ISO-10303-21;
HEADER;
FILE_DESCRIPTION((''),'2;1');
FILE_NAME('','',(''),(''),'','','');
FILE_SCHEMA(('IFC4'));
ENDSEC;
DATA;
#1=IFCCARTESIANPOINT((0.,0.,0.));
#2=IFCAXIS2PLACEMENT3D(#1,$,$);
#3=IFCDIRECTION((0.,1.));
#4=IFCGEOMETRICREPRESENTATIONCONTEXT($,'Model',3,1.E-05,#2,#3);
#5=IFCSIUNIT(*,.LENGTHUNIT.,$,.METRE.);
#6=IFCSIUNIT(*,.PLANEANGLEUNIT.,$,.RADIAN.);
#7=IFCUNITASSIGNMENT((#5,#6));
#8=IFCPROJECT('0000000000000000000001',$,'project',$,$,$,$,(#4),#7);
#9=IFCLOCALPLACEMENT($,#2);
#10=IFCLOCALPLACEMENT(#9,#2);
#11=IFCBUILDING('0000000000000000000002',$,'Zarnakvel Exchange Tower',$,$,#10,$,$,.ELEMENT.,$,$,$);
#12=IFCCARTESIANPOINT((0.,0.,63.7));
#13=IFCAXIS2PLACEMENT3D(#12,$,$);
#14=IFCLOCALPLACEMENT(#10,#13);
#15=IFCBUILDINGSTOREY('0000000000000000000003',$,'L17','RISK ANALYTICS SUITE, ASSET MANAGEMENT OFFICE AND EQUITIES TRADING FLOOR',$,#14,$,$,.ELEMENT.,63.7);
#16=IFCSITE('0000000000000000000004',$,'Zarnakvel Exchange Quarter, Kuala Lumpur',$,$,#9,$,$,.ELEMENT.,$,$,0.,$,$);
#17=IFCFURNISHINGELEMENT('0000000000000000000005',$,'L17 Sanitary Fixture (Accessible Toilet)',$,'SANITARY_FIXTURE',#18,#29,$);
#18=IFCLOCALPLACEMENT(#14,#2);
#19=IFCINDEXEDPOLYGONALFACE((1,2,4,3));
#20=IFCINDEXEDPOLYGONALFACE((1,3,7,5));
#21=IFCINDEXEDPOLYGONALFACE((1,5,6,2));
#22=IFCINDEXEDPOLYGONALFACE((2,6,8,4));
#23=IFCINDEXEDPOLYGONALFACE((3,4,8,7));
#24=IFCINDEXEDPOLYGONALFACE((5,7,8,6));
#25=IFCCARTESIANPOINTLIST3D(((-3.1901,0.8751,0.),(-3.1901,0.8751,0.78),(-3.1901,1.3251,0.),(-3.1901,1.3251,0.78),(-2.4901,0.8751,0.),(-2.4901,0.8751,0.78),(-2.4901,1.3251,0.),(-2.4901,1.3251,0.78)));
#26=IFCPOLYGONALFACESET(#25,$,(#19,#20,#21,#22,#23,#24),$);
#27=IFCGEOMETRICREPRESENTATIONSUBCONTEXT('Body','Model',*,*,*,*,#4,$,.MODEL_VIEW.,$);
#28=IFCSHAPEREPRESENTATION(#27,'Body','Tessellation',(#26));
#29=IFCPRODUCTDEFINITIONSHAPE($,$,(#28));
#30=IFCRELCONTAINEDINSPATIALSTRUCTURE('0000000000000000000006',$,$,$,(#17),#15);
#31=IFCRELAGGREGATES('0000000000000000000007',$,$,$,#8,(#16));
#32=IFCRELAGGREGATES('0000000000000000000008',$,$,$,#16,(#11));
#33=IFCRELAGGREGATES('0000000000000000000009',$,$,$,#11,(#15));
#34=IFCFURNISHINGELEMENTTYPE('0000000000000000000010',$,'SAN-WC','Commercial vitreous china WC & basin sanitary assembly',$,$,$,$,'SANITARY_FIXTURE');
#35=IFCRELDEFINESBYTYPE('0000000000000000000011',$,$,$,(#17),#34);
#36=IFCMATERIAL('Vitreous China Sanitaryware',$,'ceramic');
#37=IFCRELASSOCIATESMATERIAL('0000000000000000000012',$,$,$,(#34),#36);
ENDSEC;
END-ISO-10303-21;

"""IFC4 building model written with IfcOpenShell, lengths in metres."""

from ifc_helpers import new_model, si_unit, direction, frame, origin, origin_2d, place, context, subcontext, project, spatial, rectangle, extrude, source, transform, mapped, material, type_object, element, save


model = new_model("IFC4")

# Units and contexts
model_context = context("Model", 3, precision=1e-05, world=origin(), true_north=direction((0.0, 1.0)))
body_context = subcontext(model_context, "Body", "Model", "MODEL_VIEW")
ifc_project = project(units=[si_unit("LENGTHUNIT", "METRE"), si_unit("PLANEANGLEUNIT", "RADIAN")], contexts=[model_context])

# Site, building, storey
site_placement = place(None, origin())
site = spatial("IfcSite", under=ifc_project, at=site_placement, Name="Zarnakvel Exchange Quarter, Kuala Lumpur", CompositionType="ELEMENT", RefElevation=0.0)
building_placement = place(site_placement, origin())
building = spatial("IfcBuilding", under=site, at=building_placement, Name="Zarnakvel Exchange Tower", CompositionType="ELEMENT")
storey_placement = place(building_placement, frame((0.0, 0.0, 63.7)))
storey = spatial("IfcBuildingStorey", under=building, at=storey_placement, Name="L17", Description="RISK ANALYTICS SUITE, ASSET MANAGEMENT OFFICE AND EQUITIES TRADING FLOOR", CompositionType="ELEMENT", Elevation=63.7)

# Furnishing element
ifc_material_1 = material(Name="Vitreous China Sanitaryware", Category="ceramic")
furnishing_element_type = type_object("IfcFurnishingElementType", Name="SAN-WC", Description="Commercial vitreous china WC & basin sanitary assembly", ElementType="SANITARY_FIXTURE", material=ifc_material_1)
shared_shape_1 = source(origin(), body_context, "Body", "SweptSolid", [
    extrude(rectangle(XDim=0.7, YDim=0.45, at=origin_2d()), origin(), (0.0, 0.0, 1.0), 0.78),
])
furnishing_placement = place(storey_placement, frame((-2.8401, 1.1001, 0.0), z_axis=(0.0, 0.0, 1.0), x_axis=(1.0, 0.0, 0.0)))
element("IfcFurnishingElement", 1, at=furnishing_placement, inside=storey, type_object=furnishing_element_type, Name="L17 Sanitary Fixture (Accessible Toilet)", ObjectType="SANITARY_FIXTURE", context=body_context, shape_type="MappedRepresentation", body=[
    mapped(shared_shape_1, transform((0.0, 0.0, 0.0), x_axis=(1.0, 0.0, 0.0), y_axis=(0.0, 1.0, 0.0), z_axis=(0.0, 0.0, 1.0), scale=1.0)),
])

save(model, "model.ifc")
